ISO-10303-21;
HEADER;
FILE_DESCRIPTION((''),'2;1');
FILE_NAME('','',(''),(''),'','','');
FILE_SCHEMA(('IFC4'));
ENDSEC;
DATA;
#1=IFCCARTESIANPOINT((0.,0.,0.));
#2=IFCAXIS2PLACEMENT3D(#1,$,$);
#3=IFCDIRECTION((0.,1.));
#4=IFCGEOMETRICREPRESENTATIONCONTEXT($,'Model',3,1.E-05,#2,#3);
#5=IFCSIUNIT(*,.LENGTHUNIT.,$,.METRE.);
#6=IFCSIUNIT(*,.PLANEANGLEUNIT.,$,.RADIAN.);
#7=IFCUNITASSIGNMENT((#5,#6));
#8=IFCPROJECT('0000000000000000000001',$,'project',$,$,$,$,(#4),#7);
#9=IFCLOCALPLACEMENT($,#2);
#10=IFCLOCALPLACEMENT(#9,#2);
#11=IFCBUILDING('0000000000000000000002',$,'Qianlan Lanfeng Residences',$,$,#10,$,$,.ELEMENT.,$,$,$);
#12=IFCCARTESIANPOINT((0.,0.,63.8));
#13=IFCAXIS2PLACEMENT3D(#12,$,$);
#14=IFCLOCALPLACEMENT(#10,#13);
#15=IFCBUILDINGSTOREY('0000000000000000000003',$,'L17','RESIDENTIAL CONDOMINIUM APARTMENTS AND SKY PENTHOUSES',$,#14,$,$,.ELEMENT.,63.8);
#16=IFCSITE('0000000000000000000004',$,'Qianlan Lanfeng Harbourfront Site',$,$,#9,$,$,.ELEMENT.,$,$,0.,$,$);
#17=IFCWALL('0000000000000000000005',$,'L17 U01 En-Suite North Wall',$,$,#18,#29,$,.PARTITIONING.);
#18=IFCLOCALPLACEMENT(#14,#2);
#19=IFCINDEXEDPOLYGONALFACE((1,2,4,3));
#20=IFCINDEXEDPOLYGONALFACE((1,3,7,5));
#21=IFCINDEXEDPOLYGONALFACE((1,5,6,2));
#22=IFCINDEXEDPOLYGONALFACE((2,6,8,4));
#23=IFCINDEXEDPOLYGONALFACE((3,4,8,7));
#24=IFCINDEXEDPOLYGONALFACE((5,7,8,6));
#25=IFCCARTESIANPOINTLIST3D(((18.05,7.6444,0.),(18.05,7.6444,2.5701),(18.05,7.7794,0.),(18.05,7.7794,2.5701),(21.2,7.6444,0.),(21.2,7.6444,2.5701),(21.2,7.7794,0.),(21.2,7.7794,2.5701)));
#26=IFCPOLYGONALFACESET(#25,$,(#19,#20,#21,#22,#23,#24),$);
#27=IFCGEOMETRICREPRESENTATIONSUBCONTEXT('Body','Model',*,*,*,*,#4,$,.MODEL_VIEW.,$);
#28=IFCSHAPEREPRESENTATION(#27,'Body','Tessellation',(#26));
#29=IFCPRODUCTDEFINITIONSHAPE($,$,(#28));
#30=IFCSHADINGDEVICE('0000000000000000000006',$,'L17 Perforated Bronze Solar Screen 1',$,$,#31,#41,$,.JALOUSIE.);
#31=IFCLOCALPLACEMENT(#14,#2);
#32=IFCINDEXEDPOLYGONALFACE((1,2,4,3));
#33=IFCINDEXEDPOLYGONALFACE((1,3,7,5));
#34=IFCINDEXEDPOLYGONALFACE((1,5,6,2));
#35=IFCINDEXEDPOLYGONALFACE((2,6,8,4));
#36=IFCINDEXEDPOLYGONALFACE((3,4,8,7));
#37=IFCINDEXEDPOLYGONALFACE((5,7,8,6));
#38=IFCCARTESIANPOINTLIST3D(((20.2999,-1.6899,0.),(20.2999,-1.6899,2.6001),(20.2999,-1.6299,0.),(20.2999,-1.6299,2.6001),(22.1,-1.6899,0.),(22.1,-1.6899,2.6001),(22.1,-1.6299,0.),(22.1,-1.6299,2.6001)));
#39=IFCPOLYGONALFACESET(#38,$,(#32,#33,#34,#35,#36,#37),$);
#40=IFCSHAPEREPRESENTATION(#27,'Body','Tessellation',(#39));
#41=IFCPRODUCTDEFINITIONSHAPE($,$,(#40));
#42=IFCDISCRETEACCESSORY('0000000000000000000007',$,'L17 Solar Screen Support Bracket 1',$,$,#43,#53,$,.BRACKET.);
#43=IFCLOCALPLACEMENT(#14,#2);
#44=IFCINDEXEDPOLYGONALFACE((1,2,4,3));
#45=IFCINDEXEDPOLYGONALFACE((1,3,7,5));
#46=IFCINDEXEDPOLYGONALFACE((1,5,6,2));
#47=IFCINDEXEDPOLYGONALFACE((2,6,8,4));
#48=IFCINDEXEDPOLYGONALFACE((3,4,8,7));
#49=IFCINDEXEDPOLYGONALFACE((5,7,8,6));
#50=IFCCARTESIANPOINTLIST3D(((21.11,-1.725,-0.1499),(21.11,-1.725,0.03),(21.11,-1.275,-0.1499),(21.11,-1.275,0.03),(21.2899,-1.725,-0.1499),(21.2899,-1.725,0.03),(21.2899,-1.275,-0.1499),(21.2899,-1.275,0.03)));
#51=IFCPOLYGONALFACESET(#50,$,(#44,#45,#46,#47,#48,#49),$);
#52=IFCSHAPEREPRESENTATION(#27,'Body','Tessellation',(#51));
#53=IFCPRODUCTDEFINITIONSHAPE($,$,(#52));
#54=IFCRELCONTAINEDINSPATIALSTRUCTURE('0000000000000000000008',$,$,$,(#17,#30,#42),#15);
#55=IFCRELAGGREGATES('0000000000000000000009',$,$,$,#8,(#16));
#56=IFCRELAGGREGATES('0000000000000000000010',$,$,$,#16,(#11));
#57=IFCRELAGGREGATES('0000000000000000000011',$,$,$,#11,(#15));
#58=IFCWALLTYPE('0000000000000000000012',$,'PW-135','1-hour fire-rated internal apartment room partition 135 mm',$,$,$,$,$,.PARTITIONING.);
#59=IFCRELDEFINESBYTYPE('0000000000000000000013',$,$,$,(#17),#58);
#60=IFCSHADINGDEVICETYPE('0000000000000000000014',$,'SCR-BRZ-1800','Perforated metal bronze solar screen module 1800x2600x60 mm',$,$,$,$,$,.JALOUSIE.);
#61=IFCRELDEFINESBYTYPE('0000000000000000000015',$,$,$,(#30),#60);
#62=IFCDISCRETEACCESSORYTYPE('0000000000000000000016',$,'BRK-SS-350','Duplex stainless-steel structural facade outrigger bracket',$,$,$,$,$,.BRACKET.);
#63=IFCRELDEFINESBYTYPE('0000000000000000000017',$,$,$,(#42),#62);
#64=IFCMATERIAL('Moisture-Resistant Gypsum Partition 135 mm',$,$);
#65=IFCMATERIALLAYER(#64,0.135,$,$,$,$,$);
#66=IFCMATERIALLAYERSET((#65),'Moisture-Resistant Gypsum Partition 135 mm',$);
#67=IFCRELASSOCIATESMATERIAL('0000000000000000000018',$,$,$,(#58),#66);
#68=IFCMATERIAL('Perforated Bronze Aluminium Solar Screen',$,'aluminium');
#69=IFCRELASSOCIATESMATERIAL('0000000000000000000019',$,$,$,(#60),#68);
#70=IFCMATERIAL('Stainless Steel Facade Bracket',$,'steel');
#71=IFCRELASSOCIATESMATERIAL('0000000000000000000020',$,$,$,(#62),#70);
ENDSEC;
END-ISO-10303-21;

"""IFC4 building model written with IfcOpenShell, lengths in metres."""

from ifc_helpers import new_model, si_unit, direction, frame, frame_2d, origin, origin_2d, place, context, subcontext, project, spatial, rectangle, extrude, source, transform, mapped, material, layer, layer_set, type_object, element, save


model = new_model("IFC4")

# Units and contexts
model_context = context("Model", 3, precision=1e-05, world=origin(), true_north=direction((0.0, 1.0)))
body_context = subcontext(model_context, "Body", "Model", "MODEL_VIEW")
ifc_project = project(units=[si_unit("LENGTHUNIT", "METRE"), si_unit("PLANEANGLEUNIT", "RADIAN")], contexts=[model_context])

# Site, building, storey
site_placement = place(None, origin())
site = spatial("IfcSite", under=ifc_project, at=site_placement, Name="Qianlan Lanfeng Harbourfront Site", CompositionType="ELEMENT", RefElevation=0.0)
building_placement = place(site_placement, origin())
building = spatial("IfcBuilding", under=site, at=building_placement, Name="Qianlan Lanfeng Residences", CompositionType="ELEMENT")
storey_placement = place(building_placement, frame((0.0, 0.0, 63.8)))
storey = spatial("IfcBuildingStorey", under=building, at=storey_placement, Name="L17", Description="RESIDENTIAL CONDOMINIUM APARTMENTS AND SKY PENTHOUSES", CompositionType="ELEMENT", Elevation=63.8)

# Shared definitions
ifc_material_1 = material(Name="Moisture-Resistant Gypsum Partition 135 mm")
ifc_layer_1 = layer(ifc_material_1, 0.135)
ifc_layer_set_1 = layer_set([ifc_layer_1], Name="Moisture-Resistant Gypsum Partition 135 mm")
wall_type_1 = type_object("IfcWallType", Name="PW-135", Description="1-hour fire-rated internal apartment room partition 135 mm", PredefinedType="PARTITIONING", material=ifc_layer_set_1)

# Wall
wall_1_placement = place(storey_placement, frame((18.05, 7.7119, 0.0), z_axis=(0.0, 0.0, 1.0), x_axis=(1.0, 0.0, 0.0)))
element("IfcWall", 1, at=wall_1_placement, inside=storey, type_object=wall_type_1, Name="L17 U01 En-Suite North Wall", PredefinedType="PARTITIONING", context=body_context, shape_type="SweptSolid", body=[
    extrude(rectangle(XDim=3.1499, YDim=0.135, at=frame_2d((1.575, 0.0))), origin(), (0.0, 0.0, 1.0), 2.5701),
])

# Shading device
ifc_material_2 = material(Name="Perforated Bronze Aluminium Solar Screen", Category="aluminium")
shading_device_type = type_object("IfcShadingDeviceType", Name="SCR-BRZ-1800", Description="Perforated metal bronze solar screen module 1800x2600x60 mm", PredefinedType="JALOUSIE", material=ifc_material_2)
shared_shape_1 = source(origin(), body_context, "Body", "SweptSolid", [
    extrude(rectangle(XDim=1.8, YDim=0.0601, at=origin_2d()), origin(), (0.0, 0.0, 1.0), 2.6001),
])
shading_device_placement = place(storey_placement, frame((21.2, -1.6599, 0.0), z_axis=(0.0, 0.0, 1.0), x_axis=(1.0, 0.0, 0.0)))
element("IfcShadingDevice", 2, at=shading_device_placement, inside=storey, type_object=shading_device_type, Name="L17 Perforated Bronze Solar Screen 1", PredefinedType="JALOUSIE", context=body_context, shape_type="MappedRepresentation", body=[
    mapped(shared_shape_1, transform((0.0, 0.0, 0.0), scale=1.0)),
])

# Discrete accessory
ifc_material_3 = material(Name="Stainless Steel Facade Bracket", Category="steel")
discrete_accessory_type = type_object("IfcDiscreteAccessoryType", Name="BRK-SS-350", Description="Duplex stainless-steel structural facade outrigger bracket", PredefinedType="BRACKET", material=ifc_material_3)
shared_shape_2 = source(origin(), body_context, "Body", "SweptSolid", [
    extrude(rectangle(XDim=0.1799, YDim=0.45, at=origin_2d()), origin(), (0.0, 0.0, 1.0), 0.1799),
])
discrete_accessory_placement = place(storey_placement, frame((21.2, -1.5, -0.1499), z_axis=(0.0, 0.0, 1.0), x_axis=(1.0, 0.0, 0.0)))
element("IfcDiscreteAccessory", 3, at=discrete_accessory_placement, inside=storey, type_object=discrete_accessory_type, Name="L17 Solar Screen Support Bracket 1", PredefinedType="BRACKET", context=body_context, shape_type="MappedRepresentation", body=[
    mapped(shared_shape_2, transform((0.0, 0.0, 0.0), scale=1.0)),
])

save(model, "model.ifc")
